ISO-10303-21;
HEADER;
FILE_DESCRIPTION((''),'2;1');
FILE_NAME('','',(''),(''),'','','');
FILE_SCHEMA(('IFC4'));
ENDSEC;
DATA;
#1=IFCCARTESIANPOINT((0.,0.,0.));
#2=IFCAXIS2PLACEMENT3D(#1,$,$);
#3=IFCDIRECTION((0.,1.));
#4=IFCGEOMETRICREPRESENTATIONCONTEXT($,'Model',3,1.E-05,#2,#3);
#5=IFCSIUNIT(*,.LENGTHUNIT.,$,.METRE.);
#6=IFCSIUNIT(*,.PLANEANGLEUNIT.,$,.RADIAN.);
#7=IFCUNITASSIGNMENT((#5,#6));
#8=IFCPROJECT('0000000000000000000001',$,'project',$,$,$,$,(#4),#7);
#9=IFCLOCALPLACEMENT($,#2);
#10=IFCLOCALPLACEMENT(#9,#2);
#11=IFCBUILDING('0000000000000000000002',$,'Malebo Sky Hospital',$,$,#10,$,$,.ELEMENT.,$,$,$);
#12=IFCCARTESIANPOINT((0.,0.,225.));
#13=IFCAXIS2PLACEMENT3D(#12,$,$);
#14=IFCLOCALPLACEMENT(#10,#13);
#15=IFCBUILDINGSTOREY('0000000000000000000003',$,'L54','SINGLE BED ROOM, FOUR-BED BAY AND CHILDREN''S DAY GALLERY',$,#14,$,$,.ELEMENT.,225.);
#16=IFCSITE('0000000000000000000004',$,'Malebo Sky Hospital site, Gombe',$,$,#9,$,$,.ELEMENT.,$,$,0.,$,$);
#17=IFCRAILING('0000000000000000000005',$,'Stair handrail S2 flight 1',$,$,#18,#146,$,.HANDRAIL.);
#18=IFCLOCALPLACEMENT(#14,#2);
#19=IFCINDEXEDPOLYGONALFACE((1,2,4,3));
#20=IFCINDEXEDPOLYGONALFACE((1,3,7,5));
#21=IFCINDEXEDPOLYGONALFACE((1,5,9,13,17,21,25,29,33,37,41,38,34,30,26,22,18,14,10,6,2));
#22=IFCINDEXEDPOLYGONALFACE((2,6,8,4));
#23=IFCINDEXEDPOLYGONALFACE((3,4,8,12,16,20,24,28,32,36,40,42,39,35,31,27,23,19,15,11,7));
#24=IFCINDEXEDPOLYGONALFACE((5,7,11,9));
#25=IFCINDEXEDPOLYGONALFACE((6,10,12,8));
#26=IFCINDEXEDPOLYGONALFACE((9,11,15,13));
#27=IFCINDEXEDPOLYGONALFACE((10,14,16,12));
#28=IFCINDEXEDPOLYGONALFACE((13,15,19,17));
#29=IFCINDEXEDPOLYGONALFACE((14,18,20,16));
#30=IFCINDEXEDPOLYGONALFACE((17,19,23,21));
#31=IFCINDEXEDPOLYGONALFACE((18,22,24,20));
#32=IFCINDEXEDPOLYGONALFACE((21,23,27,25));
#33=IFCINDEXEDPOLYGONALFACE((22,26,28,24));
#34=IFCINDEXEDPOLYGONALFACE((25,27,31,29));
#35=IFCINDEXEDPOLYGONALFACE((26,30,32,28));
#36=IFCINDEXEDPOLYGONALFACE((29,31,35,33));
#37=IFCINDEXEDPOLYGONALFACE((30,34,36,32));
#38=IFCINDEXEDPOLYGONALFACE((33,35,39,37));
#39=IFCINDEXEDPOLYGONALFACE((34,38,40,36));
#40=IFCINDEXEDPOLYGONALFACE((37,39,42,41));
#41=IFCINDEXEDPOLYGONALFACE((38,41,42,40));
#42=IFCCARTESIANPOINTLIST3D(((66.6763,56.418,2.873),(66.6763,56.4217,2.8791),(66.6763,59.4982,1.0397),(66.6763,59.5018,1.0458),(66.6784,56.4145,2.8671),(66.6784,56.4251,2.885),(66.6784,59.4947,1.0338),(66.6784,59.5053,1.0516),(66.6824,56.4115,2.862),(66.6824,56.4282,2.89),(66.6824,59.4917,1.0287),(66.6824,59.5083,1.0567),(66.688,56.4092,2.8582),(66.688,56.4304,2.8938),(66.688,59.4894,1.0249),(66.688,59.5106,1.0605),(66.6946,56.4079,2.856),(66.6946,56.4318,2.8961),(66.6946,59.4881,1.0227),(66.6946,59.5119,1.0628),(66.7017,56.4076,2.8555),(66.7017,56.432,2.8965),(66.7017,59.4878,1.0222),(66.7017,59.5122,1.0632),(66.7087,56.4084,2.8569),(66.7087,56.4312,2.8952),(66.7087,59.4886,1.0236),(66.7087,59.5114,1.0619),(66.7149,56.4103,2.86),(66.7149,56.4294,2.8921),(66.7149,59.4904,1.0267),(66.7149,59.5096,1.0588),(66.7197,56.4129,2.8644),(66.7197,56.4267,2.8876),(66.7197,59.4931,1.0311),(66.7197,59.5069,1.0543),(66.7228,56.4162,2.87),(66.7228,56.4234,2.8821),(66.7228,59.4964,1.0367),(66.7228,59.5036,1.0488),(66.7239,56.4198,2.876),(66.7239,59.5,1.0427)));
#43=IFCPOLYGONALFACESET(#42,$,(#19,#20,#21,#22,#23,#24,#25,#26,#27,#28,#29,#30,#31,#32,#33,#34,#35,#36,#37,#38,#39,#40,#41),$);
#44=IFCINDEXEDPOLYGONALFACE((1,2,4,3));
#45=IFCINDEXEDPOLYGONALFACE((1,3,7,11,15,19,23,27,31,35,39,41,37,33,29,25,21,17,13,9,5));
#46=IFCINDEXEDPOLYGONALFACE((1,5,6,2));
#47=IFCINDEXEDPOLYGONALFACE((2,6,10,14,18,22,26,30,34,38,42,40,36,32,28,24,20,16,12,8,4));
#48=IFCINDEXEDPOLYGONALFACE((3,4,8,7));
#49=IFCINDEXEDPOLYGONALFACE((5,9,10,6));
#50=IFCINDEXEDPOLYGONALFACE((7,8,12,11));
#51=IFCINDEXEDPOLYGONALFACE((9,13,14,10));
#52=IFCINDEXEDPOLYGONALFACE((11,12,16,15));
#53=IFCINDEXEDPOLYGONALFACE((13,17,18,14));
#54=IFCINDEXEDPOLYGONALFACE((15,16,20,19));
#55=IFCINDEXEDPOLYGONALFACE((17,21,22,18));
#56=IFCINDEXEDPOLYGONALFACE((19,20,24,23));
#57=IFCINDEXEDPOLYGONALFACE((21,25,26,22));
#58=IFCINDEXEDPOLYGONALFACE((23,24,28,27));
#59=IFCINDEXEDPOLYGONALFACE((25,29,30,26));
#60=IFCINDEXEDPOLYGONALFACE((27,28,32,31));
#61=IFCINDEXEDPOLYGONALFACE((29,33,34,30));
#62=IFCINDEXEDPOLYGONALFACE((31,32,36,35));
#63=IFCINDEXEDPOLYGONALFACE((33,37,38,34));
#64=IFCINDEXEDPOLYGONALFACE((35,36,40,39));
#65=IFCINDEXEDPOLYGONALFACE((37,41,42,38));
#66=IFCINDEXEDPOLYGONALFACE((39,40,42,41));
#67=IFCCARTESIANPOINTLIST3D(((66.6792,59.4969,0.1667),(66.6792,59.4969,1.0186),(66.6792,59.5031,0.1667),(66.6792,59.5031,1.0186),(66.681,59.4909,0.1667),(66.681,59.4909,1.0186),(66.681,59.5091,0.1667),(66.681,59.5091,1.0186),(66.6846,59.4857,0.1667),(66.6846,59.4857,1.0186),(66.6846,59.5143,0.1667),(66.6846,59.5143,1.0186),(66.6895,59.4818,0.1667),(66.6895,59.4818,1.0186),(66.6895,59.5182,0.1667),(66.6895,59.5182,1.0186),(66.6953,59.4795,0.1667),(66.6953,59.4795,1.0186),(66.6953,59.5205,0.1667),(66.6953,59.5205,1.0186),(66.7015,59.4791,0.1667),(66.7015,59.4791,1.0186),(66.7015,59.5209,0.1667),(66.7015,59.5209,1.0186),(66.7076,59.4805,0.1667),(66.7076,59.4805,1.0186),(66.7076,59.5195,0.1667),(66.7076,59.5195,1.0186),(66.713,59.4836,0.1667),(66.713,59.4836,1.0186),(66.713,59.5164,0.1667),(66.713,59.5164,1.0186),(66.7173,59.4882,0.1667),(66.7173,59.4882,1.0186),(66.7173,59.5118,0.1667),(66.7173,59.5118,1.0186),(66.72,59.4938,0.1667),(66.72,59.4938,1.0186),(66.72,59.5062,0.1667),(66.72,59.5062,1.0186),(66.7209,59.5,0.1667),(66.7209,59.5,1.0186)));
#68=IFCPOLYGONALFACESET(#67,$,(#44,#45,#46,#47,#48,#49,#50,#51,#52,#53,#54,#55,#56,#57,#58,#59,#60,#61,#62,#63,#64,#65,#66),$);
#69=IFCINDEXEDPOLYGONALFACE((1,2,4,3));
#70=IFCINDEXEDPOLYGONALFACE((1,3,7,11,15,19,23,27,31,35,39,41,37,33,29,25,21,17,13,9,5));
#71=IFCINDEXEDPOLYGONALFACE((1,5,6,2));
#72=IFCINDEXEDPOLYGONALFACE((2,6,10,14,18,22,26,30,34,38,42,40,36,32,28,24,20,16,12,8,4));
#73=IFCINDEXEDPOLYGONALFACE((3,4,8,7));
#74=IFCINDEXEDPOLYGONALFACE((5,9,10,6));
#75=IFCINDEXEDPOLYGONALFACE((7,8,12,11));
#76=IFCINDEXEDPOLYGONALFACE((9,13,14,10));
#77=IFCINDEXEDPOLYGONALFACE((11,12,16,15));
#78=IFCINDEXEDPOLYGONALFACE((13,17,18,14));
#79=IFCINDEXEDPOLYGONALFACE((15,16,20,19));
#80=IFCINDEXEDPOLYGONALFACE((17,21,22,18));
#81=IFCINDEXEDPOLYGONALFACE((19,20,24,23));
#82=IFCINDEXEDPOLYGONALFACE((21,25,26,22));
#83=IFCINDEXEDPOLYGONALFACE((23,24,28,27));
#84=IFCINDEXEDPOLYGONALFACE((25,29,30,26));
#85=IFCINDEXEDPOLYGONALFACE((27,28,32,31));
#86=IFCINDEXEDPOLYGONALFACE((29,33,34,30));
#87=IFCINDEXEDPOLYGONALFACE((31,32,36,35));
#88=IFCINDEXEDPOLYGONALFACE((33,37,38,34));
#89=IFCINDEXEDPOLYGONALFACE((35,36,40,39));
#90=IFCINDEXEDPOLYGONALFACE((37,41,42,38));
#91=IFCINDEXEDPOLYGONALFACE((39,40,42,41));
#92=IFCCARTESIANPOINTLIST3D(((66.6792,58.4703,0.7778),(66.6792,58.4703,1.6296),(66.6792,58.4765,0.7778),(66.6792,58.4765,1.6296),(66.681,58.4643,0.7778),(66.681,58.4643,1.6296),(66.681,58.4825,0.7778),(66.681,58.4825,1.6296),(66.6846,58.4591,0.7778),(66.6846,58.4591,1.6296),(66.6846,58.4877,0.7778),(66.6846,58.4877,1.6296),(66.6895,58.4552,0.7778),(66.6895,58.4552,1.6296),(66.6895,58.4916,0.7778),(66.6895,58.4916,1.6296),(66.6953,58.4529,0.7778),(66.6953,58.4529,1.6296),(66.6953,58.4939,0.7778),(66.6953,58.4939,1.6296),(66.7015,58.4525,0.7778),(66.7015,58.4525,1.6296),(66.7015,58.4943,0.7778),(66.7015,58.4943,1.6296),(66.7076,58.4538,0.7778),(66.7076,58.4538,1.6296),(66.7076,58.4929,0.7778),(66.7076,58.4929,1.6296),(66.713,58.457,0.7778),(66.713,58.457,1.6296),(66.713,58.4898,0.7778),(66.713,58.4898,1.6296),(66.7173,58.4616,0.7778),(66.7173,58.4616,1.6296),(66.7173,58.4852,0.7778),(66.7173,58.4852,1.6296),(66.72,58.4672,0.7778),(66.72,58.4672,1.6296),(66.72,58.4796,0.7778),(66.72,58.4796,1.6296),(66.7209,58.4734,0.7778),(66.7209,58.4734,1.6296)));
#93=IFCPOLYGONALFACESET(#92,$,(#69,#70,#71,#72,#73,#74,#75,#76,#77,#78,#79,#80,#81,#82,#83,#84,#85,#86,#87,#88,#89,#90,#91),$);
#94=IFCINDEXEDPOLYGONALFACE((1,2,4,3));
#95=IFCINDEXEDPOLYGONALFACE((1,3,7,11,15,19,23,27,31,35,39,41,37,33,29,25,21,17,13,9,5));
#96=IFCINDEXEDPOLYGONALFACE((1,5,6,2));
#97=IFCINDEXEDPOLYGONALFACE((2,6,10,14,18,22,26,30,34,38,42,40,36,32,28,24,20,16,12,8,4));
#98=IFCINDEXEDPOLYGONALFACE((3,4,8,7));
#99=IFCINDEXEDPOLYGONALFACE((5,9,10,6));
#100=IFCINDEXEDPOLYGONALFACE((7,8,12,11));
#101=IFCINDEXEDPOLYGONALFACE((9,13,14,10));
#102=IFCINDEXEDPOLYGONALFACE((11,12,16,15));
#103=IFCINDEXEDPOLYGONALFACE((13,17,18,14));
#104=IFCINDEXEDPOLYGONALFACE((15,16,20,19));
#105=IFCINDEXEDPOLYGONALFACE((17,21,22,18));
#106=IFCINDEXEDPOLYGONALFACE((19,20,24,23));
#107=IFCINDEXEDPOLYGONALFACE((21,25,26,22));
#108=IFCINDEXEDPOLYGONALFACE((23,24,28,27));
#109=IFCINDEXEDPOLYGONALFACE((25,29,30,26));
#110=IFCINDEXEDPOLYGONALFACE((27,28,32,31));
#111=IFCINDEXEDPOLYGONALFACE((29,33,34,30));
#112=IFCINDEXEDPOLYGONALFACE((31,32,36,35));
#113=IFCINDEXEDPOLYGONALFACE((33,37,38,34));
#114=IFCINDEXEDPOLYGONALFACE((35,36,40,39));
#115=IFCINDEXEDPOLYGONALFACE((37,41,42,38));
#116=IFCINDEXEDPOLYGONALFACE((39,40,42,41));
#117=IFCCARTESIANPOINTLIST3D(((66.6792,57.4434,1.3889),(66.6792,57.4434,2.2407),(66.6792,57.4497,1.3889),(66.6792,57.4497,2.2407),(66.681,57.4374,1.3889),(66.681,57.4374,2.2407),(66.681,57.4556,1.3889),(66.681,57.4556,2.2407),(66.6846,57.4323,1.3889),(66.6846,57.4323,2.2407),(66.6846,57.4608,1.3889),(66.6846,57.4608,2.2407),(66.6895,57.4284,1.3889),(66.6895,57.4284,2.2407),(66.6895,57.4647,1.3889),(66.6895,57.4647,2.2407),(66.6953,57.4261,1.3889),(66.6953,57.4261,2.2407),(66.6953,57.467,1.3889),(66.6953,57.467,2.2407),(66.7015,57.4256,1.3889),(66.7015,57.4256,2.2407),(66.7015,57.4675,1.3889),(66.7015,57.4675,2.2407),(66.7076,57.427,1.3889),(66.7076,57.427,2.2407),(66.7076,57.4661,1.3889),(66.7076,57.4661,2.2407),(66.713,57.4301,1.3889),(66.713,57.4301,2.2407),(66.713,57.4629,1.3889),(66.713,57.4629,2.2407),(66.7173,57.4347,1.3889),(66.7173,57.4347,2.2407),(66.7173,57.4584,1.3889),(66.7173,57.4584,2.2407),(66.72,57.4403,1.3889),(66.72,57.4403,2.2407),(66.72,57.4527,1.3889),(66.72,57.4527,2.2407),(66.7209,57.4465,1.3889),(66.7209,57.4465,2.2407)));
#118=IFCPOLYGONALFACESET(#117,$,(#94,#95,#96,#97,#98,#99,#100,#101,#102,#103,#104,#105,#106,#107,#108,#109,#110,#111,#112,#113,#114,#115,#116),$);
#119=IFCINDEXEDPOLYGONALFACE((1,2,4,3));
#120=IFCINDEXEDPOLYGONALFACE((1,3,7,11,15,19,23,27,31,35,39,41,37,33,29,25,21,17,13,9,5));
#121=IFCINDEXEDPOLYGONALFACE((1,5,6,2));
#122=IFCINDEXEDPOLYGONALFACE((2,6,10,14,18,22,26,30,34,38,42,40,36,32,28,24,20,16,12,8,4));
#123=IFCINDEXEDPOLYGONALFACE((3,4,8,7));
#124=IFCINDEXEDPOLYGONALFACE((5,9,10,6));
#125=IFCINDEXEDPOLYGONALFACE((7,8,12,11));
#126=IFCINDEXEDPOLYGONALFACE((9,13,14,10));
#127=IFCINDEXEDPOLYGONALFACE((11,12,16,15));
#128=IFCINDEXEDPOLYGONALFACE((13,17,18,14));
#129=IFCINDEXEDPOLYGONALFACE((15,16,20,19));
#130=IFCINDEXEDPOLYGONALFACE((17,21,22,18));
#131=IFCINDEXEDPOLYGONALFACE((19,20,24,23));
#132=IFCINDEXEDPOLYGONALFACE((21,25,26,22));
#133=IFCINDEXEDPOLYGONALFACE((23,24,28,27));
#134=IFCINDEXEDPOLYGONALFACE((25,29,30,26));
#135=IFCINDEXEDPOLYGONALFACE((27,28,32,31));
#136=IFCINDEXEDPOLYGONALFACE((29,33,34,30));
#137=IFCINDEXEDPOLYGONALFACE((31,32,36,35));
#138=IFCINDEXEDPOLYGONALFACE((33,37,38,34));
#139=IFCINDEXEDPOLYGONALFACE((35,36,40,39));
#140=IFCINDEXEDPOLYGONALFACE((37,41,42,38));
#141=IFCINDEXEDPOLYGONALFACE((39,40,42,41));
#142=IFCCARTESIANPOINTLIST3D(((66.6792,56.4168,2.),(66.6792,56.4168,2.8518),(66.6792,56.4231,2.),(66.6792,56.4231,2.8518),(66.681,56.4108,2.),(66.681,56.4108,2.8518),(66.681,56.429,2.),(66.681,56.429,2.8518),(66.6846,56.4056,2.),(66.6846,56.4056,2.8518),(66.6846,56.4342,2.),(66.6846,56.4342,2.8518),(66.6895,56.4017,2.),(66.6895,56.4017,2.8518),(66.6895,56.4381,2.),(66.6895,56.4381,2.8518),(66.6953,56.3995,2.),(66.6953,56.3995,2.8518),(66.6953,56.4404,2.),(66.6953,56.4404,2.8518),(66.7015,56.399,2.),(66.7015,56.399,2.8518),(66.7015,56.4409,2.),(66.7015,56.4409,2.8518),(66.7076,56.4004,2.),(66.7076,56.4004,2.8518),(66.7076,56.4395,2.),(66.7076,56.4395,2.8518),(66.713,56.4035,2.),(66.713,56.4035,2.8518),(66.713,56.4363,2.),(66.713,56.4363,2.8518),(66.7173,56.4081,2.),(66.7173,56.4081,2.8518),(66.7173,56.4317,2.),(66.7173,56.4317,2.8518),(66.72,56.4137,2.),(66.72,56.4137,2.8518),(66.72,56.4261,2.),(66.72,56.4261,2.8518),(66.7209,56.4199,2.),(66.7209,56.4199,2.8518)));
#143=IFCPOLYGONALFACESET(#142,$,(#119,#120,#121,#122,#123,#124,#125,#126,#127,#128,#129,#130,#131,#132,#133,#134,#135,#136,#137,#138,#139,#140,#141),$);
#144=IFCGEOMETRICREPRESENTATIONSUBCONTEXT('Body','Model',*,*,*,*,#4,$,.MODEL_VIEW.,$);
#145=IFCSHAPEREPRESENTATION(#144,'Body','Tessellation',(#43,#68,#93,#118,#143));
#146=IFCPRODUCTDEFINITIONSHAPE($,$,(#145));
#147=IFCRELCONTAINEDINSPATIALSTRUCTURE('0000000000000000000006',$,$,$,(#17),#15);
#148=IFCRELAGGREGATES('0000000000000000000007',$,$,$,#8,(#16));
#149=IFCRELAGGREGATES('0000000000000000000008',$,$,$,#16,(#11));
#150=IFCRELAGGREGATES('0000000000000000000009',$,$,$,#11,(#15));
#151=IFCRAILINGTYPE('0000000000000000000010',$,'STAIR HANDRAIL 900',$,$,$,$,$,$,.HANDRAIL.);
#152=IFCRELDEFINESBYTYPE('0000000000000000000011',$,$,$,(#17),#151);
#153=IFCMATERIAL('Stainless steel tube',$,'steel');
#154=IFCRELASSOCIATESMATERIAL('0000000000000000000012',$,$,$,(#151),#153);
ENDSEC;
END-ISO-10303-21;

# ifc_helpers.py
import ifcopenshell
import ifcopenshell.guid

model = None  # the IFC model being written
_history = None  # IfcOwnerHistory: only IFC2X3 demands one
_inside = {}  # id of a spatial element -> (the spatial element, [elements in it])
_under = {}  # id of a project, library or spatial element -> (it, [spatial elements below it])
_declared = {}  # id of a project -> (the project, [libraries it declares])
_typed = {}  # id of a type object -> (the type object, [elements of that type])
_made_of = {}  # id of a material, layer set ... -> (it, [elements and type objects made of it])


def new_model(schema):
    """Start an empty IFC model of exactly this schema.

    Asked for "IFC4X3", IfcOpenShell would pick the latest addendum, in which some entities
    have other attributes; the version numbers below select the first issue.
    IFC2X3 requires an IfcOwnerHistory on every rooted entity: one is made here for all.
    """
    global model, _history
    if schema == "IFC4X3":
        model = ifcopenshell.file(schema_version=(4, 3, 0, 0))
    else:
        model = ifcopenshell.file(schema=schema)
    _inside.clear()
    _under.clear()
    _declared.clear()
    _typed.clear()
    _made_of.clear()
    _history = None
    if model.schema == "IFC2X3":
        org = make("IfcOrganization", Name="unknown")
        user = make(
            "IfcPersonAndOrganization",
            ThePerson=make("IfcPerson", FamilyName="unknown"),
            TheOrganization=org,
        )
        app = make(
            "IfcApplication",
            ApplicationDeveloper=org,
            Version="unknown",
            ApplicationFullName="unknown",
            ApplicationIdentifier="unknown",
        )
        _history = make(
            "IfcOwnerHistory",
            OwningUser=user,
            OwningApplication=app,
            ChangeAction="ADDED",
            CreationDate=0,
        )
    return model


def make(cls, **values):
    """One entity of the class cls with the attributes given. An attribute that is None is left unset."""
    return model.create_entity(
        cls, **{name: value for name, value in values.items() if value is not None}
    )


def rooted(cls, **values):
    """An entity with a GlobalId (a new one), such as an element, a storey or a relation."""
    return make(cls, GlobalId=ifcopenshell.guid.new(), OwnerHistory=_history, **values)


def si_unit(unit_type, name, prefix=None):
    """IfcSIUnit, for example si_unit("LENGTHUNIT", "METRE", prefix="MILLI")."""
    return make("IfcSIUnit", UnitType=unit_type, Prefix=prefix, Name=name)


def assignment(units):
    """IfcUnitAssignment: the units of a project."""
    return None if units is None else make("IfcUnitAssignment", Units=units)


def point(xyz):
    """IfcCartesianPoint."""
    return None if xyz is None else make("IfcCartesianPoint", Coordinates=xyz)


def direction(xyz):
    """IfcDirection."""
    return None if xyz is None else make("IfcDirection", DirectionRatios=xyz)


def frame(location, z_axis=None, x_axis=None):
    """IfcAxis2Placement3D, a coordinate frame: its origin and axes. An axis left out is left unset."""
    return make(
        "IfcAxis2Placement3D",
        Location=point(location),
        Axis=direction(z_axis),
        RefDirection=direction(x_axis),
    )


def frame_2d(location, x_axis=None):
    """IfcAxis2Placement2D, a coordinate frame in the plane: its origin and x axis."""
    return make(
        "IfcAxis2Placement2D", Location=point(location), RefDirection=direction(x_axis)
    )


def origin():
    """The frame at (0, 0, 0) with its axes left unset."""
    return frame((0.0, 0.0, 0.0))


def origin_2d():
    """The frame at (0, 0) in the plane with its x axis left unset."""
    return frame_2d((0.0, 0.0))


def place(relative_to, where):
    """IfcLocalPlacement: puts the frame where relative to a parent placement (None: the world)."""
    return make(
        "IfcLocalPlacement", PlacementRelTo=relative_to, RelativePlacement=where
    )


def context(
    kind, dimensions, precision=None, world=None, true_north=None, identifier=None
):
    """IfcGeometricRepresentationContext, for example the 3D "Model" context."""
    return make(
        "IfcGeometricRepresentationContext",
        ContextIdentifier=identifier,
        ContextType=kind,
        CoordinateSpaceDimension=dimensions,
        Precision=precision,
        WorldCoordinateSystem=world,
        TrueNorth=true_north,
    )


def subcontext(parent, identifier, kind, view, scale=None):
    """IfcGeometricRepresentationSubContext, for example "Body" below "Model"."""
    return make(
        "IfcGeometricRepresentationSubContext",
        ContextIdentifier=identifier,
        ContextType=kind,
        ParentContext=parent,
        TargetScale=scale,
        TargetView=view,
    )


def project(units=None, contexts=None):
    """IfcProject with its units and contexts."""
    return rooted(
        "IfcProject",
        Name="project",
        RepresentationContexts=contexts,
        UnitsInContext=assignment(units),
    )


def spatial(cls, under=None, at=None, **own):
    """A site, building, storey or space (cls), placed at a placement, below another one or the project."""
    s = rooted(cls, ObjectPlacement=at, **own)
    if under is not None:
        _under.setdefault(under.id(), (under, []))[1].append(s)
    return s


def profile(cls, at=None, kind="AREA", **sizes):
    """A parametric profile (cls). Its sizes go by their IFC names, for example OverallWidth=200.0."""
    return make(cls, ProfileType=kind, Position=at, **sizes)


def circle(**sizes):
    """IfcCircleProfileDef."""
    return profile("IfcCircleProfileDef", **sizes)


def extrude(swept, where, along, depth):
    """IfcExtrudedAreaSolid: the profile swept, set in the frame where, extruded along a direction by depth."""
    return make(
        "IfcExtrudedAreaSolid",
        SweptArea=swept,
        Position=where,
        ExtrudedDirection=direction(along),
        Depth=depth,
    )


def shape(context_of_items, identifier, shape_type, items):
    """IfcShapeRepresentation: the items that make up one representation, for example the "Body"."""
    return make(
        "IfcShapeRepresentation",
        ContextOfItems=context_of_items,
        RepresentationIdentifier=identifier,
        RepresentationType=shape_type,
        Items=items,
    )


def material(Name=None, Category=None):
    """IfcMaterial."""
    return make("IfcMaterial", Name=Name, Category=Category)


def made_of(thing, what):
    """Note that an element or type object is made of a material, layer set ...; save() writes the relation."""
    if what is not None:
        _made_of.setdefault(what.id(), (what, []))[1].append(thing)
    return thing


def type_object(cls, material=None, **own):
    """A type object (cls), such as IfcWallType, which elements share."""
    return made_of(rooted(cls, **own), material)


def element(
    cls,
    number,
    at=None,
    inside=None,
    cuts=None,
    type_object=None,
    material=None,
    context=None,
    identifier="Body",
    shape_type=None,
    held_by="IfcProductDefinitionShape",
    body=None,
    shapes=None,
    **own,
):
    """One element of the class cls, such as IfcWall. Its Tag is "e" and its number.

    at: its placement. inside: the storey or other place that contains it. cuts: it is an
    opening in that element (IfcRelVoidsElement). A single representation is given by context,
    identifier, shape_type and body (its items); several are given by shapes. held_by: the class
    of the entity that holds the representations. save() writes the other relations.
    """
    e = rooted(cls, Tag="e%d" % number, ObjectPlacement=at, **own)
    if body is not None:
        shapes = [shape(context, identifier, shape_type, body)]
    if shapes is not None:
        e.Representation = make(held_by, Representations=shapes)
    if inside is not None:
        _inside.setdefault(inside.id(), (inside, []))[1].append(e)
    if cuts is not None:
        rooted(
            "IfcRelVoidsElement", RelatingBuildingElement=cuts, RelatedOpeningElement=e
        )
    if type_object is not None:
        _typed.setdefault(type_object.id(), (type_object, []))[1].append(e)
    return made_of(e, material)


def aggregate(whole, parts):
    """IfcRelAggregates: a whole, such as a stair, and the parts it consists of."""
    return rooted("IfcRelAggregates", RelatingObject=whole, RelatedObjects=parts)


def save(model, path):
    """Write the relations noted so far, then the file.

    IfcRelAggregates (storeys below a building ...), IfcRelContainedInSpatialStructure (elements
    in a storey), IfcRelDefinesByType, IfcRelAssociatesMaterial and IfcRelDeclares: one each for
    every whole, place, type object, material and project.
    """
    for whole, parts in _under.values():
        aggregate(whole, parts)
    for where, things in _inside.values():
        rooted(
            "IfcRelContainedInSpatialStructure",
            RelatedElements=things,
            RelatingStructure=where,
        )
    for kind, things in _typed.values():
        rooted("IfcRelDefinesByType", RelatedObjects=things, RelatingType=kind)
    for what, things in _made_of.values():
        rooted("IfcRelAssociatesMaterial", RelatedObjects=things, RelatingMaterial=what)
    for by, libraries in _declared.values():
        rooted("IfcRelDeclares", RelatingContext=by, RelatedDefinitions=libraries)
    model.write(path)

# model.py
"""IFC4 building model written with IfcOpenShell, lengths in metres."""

from ifc_helpers import new_model, si_unit, direction, frame, origin, origin_2d, place, context, subcontext, project, spatial, circle, extrude, material, type_object, element, save


model = new_model("IFC4")

# Units and contexts
model_context = context("Model", 3, precision=1e-05, world=origin(), true_north=direction((0.0, 1.0)))
body_context = subcontext(model_context, "Body", "Model", "MODEL_VIEW")
ifc_project = project(units=[si_unit("LENGTHUNIT", "METRE"), si_unit("PLANEANGLEUNIT", "RADIAN")], contexts=[model_context])

# Site, building, storey
site_placement = place(None, origin())
site = spatial("IfcSite", under=ifc_project, at=site_placement, Name="Malebo Sky Hospital site, Gombe", CompositionType="ELEMENT", RefElevation=0.0)
building_placement = place(site_placement, origin())
building = spatial("IfcBuilding", under=site, at=building_placement, Name="Malebo Sky Hospital", CompositionType="ELEMENT")
storey_placement = place(building_placement, frame((0.0, 0.0, 225.0)))
storey = spatial("IfcBuildingStorey", under=building, at=storey_placement, Name="L54", Description="SINGLE BED ROOM, FOUR-BED BAY AND CHILDREN'S DAY GALLERY", CompositionType="ELEMENT", Elevation=225.0)

# Railing
ifc_material_1 = material(Name="Stainless steel tube", Category="steel")
railing_type = type_object("IfcRailingType", Name="STAIR HANDRAIL 900", PredefinedType="HANDRAIL", material=ifc_material_1)
railing_1_placement = place(storey_placement, frame((66.7, 59.5, 0.1667)))
element("IfcRailing", 1, at=railing_1_placement, inside=storey, type_object=railing_type, Name="Stair handrail S2 flight 1", PredefinedType="HANDRAIL", context=body_context, shape_type="SweptSolid", body=[
    extrude(circle(Radius=0.0239, at=origin_2d()), frame((0.0, 0.0, 0.876), z_axis=(0.0, -0.859309, 0.511458), x_axis=(1.0, 0.0, 0.0)), (0.0, 0.0, 1.0), 3.5845),
    extrude(circle(Radius=0.021, at=origin_2d()), origin(), (0.0, 0.0, 1.0), 0.8518),
    extrude(circle(Radius=0.021, at=origin_2d()), frame((0.0, -1.0266, 0.6111)), (0.0, 0.0, 1.0), 0.8518),
    extrude(circle(Radius=0.021, at=origin_2d()), frame((0.0, -2.0535, 1.2222)), (0.0, 0.0, 1.0), 0.8518),
    extrude(circle(Radius=0.021, at=origin_2d()), frame((0.0, -3.0801, 1.8333)), (0.0, 0.0, 1.0), 0.8518),
])

save(model, "model.ifc")
